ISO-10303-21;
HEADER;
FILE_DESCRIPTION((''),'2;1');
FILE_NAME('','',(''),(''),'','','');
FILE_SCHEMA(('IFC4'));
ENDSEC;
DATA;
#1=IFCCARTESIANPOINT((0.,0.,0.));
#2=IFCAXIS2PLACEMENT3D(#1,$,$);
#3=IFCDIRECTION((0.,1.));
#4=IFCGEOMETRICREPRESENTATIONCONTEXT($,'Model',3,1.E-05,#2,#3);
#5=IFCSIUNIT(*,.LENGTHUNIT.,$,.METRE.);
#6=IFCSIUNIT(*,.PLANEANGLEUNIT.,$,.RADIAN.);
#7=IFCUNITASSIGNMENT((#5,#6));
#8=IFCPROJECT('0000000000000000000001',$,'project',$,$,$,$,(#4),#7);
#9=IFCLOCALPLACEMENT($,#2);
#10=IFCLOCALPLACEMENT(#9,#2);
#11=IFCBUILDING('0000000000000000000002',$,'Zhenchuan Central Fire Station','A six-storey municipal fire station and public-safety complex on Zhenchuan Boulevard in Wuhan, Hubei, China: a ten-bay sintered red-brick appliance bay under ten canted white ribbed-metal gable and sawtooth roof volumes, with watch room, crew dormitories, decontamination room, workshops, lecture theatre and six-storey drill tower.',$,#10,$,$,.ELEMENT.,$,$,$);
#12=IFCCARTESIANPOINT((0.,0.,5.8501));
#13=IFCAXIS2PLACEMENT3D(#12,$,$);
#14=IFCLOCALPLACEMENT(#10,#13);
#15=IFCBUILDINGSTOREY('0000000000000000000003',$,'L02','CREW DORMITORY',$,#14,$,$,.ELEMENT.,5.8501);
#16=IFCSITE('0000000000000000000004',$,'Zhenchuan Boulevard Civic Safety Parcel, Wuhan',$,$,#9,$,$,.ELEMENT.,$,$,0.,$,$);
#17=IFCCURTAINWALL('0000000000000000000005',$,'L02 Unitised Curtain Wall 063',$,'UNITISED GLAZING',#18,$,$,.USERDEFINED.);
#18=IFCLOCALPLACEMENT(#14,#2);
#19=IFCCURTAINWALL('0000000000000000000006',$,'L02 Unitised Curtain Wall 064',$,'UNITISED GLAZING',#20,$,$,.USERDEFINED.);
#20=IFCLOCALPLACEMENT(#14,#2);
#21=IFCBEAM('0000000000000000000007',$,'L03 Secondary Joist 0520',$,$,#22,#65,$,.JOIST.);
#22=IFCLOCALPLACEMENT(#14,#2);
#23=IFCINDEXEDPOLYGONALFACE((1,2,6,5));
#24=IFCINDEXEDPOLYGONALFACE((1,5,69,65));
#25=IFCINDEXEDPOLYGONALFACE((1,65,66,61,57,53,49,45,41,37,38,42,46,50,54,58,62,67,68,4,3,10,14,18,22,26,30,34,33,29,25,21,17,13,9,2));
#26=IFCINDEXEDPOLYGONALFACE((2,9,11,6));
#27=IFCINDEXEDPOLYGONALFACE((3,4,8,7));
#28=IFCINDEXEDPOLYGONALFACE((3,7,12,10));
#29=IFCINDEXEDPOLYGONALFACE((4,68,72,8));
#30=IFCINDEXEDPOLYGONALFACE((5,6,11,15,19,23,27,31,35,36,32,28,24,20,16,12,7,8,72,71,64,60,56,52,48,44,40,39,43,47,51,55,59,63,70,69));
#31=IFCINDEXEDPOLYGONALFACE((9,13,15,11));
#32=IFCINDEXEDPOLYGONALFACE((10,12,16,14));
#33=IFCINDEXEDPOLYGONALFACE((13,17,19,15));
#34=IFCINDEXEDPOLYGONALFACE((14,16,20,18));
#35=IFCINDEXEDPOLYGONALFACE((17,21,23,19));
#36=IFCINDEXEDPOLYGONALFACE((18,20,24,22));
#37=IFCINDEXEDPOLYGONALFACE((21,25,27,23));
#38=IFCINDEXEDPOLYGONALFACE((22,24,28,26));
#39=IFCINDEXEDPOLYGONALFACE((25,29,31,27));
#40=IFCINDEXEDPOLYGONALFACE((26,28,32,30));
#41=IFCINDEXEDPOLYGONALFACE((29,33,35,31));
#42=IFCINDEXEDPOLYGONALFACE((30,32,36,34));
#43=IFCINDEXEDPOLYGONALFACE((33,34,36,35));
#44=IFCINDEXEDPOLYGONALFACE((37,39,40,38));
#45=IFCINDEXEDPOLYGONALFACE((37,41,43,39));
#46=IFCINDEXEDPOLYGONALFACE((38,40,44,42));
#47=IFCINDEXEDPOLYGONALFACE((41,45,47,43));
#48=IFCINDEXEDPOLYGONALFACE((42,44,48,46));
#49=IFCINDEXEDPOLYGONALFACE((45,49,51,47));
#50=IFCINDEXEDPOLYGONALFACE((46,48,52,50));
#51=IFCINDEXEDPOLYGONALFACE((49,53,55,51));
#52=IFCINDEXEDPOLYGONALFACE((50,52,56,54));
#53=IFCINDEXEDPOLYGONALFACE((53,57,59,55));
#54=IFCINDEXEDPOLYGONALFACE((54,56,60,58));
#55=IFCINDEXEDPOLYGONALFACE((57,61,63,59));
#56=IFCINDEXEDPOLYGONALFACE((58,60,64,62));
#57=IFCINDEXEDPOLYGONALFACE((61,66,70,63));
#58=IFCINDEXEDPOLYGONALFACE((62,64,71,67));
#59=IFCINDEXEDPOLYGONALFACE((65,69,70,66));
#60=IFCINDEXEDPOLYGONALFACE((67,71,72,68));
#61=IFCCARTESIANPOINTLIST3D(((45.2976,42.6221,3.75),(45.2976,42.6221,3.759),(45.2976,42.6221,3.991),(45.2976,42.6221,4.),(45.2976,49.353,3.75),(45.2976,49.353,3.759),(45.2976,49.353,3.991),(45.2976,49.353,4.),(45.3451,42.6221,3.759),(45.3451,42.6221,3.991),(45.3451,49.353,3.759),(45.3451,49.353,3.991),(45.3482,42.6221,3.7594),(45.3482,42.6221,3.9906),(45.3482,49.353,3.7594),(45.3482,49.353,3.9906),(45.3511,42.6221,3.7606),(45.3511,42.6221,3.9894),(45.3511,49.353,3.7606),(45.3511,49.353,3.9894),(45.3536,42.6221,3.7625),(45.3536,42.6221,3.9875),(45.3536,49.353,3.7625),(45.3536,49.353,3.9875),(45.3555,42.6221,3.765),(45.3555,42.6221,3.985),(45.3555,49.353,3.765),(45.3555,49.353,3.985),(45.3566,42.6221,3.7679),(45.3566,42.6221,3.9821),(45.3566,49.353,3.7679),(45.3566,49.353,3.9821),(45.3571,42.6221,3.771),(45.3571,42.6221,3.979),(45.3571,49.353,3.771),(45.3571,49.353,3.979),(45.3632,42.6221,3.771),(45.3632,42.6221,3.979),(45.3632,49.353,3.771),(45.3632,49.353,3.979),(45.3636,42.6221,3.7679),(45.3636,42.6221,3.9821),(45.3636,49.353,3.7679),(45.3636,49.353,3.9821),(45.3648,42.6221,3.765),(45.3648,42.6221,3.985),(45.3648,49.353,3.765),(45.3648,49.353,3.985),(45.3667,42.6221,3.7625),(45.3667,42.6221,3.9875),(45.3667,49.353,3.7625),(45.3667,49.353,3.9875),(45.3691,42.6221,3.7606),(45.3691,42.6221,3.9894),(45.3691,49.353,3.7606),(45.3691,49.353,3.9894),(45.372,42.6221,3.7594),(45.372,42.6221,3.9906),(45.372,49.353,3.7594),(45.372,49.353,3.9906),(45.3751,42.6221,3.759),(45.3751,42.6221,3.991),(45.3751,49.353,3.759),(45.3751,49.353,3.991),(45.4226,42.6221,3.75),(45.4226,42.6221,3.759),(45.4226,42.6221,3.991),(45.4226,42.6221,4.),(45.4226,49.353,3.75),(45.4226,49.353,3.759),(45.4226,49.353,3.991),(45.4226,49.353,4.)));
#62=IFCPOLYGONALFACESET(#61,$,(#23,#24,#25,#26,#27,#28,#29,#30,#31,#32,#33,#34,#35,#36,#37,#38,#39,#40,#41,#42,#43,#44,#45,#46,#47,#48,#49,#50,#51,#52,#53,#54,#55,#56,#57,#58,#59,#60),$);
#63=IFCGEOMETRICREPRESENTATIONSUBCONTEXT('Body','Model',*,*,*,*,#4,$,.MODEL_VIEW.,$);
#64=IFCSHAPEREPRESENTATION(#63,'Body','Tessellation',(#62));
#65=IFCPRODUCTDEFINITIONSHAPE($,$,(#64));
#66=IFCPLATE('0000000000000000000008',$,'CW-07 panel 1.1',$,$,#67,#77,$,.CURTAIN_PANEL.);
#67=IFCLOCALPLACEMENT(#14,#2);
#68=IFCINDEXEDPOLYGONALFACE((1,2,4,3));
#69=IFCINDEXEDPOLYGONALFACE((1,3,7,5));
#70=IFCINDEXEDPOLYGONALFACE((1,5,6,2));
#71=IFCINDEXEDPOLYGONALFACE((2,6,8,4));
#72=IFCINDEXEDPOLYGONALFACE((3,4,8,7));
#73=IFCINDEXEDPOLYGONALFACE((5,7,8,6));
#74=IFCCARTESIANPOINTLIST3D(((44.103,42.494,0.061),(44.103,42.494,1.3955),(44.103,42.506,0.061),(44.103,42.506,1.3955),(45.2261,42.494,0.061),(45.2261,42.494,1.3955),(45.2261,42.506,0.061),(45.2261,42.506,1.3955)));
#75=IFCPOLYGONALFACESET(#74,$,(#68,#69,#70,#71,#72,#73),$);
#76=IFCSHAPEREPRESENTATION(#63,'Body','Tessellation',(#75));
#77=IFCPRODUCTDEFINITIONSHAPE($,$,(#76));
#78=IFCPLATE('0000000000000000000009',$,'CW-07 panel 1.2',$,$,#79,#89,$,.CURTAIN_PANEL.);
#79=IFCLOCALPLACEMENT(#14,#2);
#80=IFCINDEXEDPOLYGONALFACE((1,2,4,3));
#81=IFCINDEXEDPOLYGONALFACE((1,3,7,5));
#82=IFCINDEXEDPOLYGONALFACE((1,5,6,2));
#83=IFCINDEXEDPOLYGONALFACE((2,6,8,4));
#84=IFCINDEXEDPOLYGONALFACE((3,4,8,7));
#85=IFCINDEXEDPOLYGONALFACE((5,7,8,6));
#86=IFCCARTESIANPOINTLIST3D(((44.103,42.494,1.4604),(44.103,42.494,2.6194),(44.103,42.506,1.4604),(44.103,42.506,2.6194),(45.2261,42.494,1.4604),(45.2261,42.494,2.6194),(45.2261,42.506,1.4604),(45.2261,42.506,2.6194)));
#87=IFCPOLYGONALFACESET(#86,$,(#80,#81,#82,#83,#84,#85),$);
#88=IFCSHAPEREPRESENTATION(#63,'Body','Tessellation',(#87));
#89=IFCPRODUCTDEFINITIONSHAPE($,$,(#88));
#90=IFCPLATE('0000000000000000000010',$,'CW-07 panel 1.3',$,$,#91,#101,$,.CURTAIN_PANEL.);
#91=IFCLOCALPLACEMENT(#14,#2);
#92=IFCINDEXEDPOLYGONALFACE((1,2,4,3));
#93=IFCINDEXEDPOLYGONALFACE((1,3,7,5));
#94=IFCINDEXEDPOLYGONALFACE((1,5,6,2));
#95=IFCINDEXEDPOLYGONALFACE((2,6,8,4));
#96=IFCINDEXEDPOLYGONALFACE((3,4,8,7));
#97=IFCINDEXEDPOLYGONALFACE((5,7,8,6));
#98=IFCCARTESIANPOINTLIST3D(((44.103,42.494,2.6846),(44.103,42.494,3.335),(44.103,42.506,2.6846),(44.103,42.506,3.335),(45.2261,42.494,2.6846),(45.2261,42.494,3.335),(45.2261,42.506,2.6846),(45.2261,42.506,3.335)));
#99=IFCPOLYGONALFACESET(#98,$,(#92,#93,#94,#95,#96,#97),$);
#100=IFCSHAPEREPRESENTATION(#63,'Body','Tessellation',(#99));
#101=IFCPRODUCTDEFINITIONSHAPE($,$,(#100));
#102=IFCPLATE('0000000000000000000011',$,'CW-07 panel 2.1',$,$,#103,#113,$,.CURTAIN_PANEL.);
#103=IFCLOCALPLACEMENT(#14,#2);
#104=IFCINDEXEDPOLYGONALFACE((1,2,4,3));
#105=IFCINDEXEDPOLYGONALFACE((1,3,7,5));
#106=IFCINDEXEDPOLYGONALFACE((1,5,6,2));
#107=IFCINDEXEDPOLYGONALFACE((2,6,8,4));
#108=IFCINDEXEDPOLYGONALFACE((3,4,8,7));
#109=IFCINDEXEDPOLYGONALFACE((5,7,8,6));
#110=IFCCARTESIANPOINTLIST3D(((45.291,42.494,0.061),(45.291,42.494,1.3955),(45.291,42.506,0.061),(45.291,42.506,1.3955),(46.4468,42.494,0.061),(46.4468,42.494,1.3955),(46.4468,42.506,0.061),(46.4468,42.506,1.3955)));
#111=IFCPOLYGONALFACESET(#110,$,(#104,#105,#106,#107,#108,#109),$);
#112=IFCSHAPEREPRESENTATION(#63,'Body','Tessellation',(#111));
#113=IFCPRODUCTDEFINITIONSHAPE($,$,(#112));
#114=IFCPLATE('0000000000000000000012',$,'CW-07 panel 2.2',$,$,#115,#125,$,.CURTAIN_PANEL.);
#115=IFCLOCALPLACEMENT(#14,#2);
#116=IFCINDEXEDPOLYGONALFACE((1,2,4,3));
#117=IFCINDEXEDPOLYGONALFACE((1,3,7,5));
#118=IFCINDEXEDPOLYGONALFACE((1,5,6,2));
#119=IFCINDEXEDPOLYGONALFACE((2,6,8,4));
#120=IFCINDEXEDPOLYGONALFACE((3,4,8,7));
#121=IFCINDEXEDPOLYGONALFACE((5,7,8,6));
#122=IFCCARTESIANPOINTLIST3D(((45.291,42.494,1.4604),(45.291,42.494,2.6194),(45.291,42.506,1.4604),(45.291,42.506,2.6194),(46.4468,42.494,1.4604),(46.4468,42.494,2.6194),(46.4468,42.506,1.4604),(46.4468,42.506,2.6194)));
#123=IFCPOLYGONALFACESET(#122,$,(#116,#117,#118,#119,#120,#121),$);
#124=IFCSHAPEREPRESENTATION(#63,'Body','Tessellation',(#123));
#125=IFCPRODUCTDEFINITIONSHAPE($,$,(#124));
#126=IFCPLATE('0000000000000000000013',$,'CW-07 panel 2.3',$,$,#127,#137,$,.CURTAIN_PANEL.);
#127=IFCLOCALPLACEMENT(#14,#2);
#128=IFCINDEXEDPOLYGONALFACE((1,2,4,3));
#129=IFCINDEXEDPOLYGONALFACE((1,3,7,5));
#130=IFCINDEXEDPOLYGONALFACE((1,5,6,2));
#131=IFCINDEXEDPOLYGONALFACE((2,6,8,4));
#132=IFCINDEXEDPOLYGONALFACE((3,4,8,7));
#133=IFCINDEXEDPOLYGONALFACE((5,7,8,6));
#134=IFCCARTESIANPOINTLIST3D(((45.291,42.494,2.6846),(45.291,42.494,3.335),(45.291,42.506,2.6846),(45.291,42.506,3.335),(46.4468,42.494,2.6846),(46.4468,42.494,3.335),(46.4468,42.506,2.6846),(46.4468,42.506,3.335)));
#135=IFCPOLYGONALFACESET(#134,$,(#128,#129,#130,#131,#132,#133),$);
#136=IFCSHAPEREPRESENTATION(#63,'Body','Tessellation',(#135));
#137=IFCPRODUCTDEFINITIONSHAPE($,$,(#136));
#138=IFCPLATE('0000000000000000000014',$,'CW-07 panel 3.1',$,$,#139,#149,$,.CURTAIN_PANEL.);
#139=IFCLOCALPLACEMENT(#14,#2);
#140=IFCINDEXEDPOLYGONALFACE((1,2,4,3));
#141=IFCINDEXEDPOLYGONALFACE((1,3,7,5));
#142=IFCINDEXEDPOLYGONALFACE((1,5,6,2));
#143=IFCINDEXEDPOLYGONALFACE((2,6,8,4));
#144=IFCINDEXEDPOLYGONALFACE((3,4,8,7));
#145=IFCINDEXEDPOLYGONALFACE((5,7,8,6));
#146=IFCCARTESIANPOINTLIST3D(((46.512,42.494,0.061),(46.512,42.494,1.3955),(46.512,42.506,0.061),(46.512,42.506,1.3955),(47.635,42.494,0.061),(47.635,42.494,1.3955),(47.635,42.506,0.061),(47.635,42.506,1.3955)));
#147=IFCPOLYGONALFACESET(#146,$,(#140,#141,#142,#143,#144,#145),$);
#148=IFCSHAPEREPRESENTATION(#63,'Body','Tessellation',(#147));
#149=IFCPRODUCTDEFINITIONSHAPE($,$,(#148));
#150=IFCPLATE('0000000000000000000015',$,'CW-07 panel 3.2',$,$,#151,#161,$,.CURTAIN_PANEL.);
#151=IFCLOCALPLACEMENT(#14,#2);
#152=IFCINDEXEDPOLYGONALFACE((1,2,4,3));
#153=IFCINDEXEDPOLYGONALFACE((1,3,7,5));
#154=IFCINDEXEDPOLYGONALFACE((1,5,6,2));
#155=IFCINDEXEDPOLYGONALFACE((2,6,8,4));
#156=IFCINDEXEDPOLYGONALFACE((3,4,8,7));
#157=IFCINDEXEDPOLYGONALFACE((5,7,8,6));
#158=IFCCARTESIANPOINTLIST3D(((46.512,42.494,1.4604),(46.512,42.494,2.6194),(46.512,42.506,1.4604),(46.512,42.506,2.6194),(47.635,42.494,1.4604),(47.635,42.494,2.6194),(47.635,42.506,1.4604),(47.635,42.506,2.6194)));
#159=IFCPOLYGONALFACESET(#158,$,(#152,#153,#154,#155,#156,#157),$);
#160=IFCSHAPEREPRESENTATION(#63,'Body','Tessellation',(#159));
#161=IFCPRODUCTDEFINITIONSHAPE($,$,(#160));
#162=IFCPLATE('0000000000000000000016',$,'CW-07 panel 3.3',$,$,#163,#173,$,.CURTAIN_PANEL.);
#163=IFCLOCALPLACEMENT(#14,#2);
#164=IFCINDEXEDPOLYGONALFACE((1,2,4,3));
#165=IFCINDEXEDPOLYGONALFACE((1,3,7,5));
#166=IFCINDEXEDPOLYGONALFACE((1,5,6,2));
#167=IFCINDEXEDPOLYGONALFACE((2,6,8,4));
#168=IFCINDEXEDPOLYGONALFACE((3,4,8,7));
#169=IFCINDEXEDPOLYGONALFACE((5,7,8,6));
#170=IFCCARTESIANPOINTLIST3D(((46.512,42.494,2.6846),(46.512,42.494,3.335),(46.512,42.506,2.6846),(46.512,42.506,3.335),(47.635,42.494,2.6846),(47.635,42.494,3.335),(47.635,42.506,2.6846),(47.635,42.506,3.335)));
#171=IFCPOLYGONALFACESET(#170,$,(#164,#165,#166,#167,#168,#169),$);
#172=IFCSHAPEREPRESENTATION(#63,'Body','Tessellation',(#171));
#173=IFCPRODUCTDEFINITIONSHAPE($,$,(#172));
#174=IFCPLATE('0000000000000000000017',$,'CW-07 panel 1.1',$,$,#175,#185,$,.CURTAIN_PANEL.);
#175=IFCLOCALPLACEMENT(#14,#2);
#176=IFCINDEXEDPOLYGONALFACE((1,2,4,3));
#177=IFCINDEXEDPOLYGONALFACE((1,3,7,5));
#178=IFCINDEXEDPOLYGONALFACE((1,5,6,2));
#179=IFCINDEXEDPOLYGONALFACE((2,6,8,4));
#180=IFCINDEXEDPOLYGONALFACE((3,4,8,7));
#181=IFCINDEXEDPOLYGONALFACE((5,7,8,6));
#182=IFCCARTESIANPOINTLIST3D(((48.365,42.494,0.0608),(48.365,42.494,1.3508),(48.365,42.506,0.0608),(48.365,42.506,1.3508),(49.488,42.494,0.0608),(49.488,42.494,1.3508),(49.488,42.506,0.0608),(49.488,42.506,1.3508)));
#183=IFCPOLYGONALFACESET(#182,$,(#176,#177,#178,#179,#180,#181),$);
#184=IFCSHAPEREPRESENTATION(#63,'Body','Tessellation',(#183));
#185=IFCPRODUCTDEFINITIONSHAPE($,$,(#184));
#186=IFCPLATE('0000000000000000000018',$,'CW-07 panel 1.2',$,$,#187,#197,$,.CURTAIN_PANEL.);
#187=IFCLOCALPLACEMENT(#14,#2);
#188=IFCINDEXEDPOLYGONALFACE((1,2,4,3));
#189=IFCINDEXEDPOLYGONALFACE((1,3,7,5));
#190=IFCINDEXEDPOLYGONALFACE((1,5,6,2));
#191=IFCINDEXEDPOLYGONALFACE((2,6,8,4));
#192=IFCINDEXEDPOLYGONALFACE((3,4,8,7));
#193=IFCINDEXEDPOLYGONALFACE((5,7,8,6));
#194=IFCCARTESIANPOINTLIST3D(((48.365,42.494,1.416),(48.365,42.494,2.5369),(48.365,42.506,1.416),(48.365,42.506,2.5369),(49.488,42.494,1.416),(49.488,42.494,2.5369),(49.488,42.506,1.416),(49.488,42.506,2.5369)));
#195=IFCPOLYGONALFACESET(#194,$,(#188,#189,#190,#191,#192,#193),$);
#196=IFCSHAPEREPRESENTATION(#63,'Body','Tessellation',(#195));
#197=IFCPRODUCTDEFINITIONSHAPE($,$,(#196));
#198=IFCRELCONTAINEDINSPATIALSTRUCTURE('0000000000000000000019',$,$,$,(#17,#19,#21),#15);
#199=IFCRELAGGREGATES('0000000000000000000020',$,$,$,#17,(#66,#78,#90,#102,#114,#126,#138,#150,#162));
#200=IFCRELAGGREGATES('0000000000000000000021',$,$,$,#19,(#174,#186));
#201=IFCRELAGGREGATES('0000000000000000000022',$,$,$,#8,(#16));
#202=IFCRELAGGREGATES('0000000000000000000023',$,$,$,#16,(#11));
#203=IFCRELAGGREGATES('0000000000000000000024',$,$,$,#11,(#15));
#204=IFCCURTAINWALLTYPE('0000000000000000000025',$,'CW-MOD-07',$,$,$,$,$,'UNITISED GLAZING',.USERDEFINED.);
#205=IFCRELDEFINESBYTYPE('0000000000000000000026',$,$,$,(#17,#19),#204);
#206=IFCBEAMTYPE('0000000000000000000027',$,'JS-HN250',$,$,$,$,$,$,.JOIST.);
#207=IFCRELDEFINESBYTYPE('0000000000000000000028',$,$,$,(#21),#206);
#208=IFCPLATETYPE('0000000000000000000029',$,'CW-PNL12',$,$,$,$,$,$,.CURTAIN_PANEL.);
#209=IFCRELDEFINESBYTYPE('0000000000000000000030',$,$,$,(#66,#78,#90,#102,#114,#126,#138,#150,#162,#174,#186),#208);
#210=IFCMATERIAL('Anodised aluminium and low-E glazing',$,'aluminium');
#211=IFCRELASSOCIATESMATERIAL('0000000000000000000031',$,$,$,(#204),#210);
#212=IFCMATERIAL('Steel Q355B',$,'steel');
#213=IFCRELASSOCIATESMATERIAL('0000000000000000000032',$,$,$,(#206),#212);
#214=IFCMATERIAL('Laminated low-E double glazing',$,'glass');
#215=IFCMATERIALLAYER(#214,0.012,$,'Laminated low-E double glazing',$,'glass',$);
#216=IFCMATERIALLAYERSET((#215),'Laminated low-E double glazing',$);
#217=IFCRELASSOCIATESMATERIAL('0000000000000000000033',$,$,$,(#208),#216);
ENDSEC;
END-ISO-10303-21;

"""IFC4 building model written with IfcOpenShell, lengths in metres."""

from ifc_helpers import new_model, si_unit, direction, frame, origin, origin_2d, place, context, subcontext, project, spatial, rectangle, i_section, extrude, material, layer, layer_set, material_profile, profile_set, type_object, element, aggregate, save


model = new_model("IFC4")

# Units and contexts
model_context = context("Model", 3, precision=1e-05, world=origin(), true_north=direction((0.0, 1.0)))
body_context = subcontext(model_context, "Body", "Model", "MODEL_VIEW")
ifc_project = project(units=[si_unit("LENGTHUNIT", "METRE"), si_unit("PLANEANGLEUNIT", "RADIAN")], contexts=[model_context])

# Site, building, storey
site_placement = place(None, origin())
site = spatial("IfcSite", under=ifc_project, at=site_placement, Name="Zhenchuan Boulevard Civic Safety Parcel, Wuhan", CompositionType="ELEMENT", RefElevation=0.0)
building_placement = place(site_placement, origin())
building = spatial("IfcBuilding", under=site, at=building_placement, Name="Zhenchuan Central Fire Station", Description="A six-storey municipal fire station and public-safety complex on Zhenchuan Boulevard in Wuhan, Hubei, China: a ten-bay sintered red-brick appliance bay under ten canted white ribbed-metal gable and sawtooth roof volumes, with watch room, crew dormitories, decontamination room, workshops, lecture theatre and six-storey drill tower.", CompositionType="ELEMENT")
storey_placement = place(building_placement, frame((0.0, 0.0, 5.8501)))
storey = spatial("IfcBuildingStorey", under=building, at=storey_placement, Name="L02", Description="CREW DORMITORY", CompositionType="ELEMENT", Elevation=5.8501)

# Shared definitions
ifc_material_1 = material(Name="Steel Q355B", Category="steel")

# Curtain wall
ifc_material_2 = material(Name="Anodised aluminium and low-E glazing", Category="aluminium")
curtain_wall_type = type_object("IfcCurtainWallType", Name="CW-MOD-07", ElementType="UNITISED GLAZING", PredefinedType="USERDEFINED", material=ifc_material_2)
curtain_wall_1_placement = place(storey_placement, origin())
curtain_wall_1 = element("IfcCurtainWall", 1, at=curtain_wall_1_placement, inside=storey, type_object=curtain_wall_type, Name="L02 Unitised Curtain Wall 063", ObjectType="UNITISED GLAZING", PredefinedType="USERDEFINED")

# Curtain wall
curtain_wall_2_placement = place(storey_placement, origin())
curtain_wall_2 = element("IfcCurtainWall", 2, at=curtain_wall_2_placement, inside=storey, type_object=curtain_wall_type, Name="L02 Unitised Curtain Wall 064", ObjectType="UNITISED GLAZING", PredefinedType="USERDEFINED")

# Beam
ifc_material_profile_1 = material_profile(ifc_material_1, i_section(OverallWidth=0.125, OverallDepth=0.25, WebThickness=0.0061, FlangeThickness=0.009, FilletRadius=0.012, at=origin_2d()), Name="HN 250x125")
ifc_profile_set_1 = profile_set([ifc_material_profile_1], Name="Steel Q355B")
beam_type_1 = type_object("IfcBeamType", Name="JS-HN250", PredefinedType="JOIST", material=ifc_profile_set_1)
beam_1_placement = place(storey_placement, frame((45.3601, 42.6221, 3.875), z_axis=(0.0, 1.0, 0.0), x_axis=(-1.0, 0.0, 0.0)))
element("IfcBeam", 3, at=beam_1_placement, inside=storey, type_object=beam_type_1, Name="L03 Secondary Joist 0520", PredefinedType="JOIST", context=body_context, shape_type="SweptSolid", body=[
    extrude(i_section(OverallWidth=0.125, OverallDepth=0.25, WebThickness=0.0061, FlangeThickness=0.009, FilletRadius=0.012, at=origin_2d()), origin(), (0.0, 0.0, 1.0), 6.731),
])

# Plates
ifc_material_3 = material(Name="Laminated low-E double glazing", Category="glass")
ifc_layer_1 = layer(ifc_material_3, 0.012, Name="Laminated low-E double glazing", Category="glass")
ifc_layer_set_1 = layer_set([ifc_layer_1], Name="Laminated low-E double glazing")
plate_type = type_object("IfcPlateType", Name="CW-PNL12", PredefinedType="CURTAIN_PANEL", material=ifc_layer_set_1)
plate_1_placement = place(storey_placement, frame((44.6646, 42.5, 0.061), z_axis=(0.0, 0.0, 1.0), x_axis=(1.0, 0.0, 0.0)))
plate_1 = element("IfcPlate", 4, at=plate_1_placement, type_object=plate_type, Name="CW-07 panel 1.1", PredefinedType="CURTAIN_PANEL", context=body_context, shape_type="SweptSolid", body=[
    extrude(rectangle(XDim=1.123, YDim=0.012, at=origin_2d()), origin(), (0.0, 0.0, 1.0), 1.3345),
])
plate_2_placement = place(storey_placement, frame((44.6646, 42.5, 1.4604), z_axis=(0.0, 0.0, 1.0), x_axis=(1.0, 0.0, 0.0)))
plate_2 = element("IfcPlate", 5, at=plate_2_placement, type_object=plate_type, Name="CW-07 panel 1.2", PredefinedType="CURTAIN_PANEL", context=body_context, shape_type="SweptSolid", body=[
    extrude(rectangle(XDim=1.123, YDim=0.012, at=origin_2d()), origin(), (0.0, 0.0, 1.0), 1.1589),
])
plate_3_placement = place(storey_placement, frame((44.6646, 42.5, 2.6846), z_axis=(0.0, 0.0, 1.0), x_axis=(1.0, 0.0, 0.0)))
plate_3 = element("IfcPlate", 6, at=plate_3_placement, type_object=plate_type, Name="CW-07 panel 1.3", PredefinedType="CURTAIN_PANEL", context=body_context, shape_type="SweptSolid", body=[
    extrude(rectangle(XDim=1.123, YDim=0.012, at=origin_2d()), origin(), (0.0, 0.0, 1.0), 0.6504),
])
plate_4_placement = place(storey_placement, frame((45.8689, 42.5, 0.061), z_axis=(0.0, 0.0, 1.0), x_axis=(1.0, 0.0, 0.0)))
plate_4 = element("IfcPlate", 7, at=plate_4_placement, type_object=plate_type, Name="CW-07 panel 2.1", PredefinedType="CURTAIN_PANEL", context=body_context, shape_type="SweptSolid", body=[
    extrude(rectangle(XDim=1.1558, YDim=0.012, at=origin_2d()), origin(), (0.0, 0.0, 1.0), 1.3345),
])
plate_5_placement = place(storey_placement, frame((45.8689, 42.5, 1.4604), z_axis=(0.0, 0.0, 1.0), x_axis=(1.0, 0.0, 0.0)))
plate_5 = element("IfcPlate", 8, at=plate_5_placement, type_object=plate_type, Name="CW-07 panel 2.2", PredefinedType="CURTAIN_PANEL", context=body_context, shape_type="SweptSolid", body=[
    extrude(rectangle(XDim=1.1558, YDim=0.012, at=origin_2d()), origin(), (0.0, 0.0, 1.0), 1.1589),
])
plate_6_placement = place(storey_placement, frame((45.8689, 42.5, 2.6846), z_axis=(0.0, 0.0, 1.0), x_axis=(1.0, 0.0, 0.0)))
plate_6 = element("IfcPlate", 9, at=plate_6_placement, type_object=plate_type, Name="CW-07 panel 2.3", PredefinedType="CURTAIN_PANEL", context=body_context, shape_type="SweptSolid", body=[
    extrude(rectangle(XDim=1.1558, YDim=0.012, at=origin_2d()), origin(), (0.0, 0.0, 1.0), 0.6504),
])
plate_7_placement = place(storey_placement, frame((47.0735, 42.5, 0.061), z_axis=(0.0, 0.0, 1.0), x_axis=(1.0, 0.0, 0.0)))
plate_7 = element("IfcPlate", 10, at=plate_7_placement, type_object=plate_type, Name="CW-07 panel 3.1", PredefinedType="CURTAIN_PANEL", context=body_context, shape_type="SweptSolid", body=[
    extrude(rectangle(XDim=1.123, YDim=0.012, at=origin_2d()), origin(), (0.0, 0.0, 1.0), 1.3345),
])
plate_8_placement = place(storey_placement, frame((47.0735, 42.5, 1.4604), z_axis=(0.0, 0.0, 1.0), x_axis=(1.0, 0.0, 0.0)))
plate_8 = element("IfcPlate", 11, at=plate_8_placement, type_object=plate_type, Name="CW-07 panel 3.2", PredefinedType="CURTAIN_PANEL", context=body_context, shape_type="SweptSolid", body=[
    extrude(rectangle(XDim=1.123, YDim=0.012, at=origin_2d()), origin(), (0.0, 0.0, 1.0), 1.1589),
])
plate_9_placement = place(storey_placement, frame((47.0735, 42.5, 2.6846), z_axis=(0.0, 0.0, 1.0), x_axis=(1.0, 0.0, 0.0)))
plate_9 = element("IfcPlate", 12, at=plate_9_placement, type_object=plate_type, Name="CW-07 panel 3.3", PredefinedType="CURTAIN_PANEL", context=body_context, shape_type="SweptSolid", body=[
    extrude(rectangle(XDim=1.123, YDim=0.012, at=origin_2d()), origin(), (0.0, 0.0, 1.0), 0.6504),
])
aggregate(curtain_wall_1, [plate_1, plate_2, plate_3, plate_4, plate_5, plate_6, plate_7, plate_8, plate_9])
plate_10_placement = place(storey_placement, frame((48.9265, 42.5, 0.0608), z_axis=(0.0, 0.0, 1.0), x_axis=(1.0, 0.0, 0.0)))
plate_10 = element("IfcPlate", 13, at=plate_10_placement, type_object=plate_type, Name="CW-07 panel 1.1", PredefinedType="CURTAIN_PANEL", context=body_context, shape_type="SweptSolid", body=[
    extrude(rectangle(XDim=1.123, YDim=0.012, at=origin_2d()), origin(), (0.0, 0.0, 1.0), 1.29),
])
plate_11_placement = place(storey_placement, frame((48.9265, 42.5, 1.416), z_axis=(0.0, 0.0, 1.0), x_axis=(1.0, 0.0, 0.0)))
plate_11 = element("IfcPlate", 14, at=plate_11_placement, type_object=plate_type, Name="CW-07 panel 1.2", PredefinedType="CURTAIN_PANEL", context=body_context, shape_type="SweptSolid", body=[
    extrude(rectangle(XDim=1.123, YDim=0.012, at=origin_2d()), origin(), (0.0, 0.0, 1.0), 1.1208),
])
aggregate(curtain_wall_2, [plate_10, plate_11])

save(model, "model.ifc")
